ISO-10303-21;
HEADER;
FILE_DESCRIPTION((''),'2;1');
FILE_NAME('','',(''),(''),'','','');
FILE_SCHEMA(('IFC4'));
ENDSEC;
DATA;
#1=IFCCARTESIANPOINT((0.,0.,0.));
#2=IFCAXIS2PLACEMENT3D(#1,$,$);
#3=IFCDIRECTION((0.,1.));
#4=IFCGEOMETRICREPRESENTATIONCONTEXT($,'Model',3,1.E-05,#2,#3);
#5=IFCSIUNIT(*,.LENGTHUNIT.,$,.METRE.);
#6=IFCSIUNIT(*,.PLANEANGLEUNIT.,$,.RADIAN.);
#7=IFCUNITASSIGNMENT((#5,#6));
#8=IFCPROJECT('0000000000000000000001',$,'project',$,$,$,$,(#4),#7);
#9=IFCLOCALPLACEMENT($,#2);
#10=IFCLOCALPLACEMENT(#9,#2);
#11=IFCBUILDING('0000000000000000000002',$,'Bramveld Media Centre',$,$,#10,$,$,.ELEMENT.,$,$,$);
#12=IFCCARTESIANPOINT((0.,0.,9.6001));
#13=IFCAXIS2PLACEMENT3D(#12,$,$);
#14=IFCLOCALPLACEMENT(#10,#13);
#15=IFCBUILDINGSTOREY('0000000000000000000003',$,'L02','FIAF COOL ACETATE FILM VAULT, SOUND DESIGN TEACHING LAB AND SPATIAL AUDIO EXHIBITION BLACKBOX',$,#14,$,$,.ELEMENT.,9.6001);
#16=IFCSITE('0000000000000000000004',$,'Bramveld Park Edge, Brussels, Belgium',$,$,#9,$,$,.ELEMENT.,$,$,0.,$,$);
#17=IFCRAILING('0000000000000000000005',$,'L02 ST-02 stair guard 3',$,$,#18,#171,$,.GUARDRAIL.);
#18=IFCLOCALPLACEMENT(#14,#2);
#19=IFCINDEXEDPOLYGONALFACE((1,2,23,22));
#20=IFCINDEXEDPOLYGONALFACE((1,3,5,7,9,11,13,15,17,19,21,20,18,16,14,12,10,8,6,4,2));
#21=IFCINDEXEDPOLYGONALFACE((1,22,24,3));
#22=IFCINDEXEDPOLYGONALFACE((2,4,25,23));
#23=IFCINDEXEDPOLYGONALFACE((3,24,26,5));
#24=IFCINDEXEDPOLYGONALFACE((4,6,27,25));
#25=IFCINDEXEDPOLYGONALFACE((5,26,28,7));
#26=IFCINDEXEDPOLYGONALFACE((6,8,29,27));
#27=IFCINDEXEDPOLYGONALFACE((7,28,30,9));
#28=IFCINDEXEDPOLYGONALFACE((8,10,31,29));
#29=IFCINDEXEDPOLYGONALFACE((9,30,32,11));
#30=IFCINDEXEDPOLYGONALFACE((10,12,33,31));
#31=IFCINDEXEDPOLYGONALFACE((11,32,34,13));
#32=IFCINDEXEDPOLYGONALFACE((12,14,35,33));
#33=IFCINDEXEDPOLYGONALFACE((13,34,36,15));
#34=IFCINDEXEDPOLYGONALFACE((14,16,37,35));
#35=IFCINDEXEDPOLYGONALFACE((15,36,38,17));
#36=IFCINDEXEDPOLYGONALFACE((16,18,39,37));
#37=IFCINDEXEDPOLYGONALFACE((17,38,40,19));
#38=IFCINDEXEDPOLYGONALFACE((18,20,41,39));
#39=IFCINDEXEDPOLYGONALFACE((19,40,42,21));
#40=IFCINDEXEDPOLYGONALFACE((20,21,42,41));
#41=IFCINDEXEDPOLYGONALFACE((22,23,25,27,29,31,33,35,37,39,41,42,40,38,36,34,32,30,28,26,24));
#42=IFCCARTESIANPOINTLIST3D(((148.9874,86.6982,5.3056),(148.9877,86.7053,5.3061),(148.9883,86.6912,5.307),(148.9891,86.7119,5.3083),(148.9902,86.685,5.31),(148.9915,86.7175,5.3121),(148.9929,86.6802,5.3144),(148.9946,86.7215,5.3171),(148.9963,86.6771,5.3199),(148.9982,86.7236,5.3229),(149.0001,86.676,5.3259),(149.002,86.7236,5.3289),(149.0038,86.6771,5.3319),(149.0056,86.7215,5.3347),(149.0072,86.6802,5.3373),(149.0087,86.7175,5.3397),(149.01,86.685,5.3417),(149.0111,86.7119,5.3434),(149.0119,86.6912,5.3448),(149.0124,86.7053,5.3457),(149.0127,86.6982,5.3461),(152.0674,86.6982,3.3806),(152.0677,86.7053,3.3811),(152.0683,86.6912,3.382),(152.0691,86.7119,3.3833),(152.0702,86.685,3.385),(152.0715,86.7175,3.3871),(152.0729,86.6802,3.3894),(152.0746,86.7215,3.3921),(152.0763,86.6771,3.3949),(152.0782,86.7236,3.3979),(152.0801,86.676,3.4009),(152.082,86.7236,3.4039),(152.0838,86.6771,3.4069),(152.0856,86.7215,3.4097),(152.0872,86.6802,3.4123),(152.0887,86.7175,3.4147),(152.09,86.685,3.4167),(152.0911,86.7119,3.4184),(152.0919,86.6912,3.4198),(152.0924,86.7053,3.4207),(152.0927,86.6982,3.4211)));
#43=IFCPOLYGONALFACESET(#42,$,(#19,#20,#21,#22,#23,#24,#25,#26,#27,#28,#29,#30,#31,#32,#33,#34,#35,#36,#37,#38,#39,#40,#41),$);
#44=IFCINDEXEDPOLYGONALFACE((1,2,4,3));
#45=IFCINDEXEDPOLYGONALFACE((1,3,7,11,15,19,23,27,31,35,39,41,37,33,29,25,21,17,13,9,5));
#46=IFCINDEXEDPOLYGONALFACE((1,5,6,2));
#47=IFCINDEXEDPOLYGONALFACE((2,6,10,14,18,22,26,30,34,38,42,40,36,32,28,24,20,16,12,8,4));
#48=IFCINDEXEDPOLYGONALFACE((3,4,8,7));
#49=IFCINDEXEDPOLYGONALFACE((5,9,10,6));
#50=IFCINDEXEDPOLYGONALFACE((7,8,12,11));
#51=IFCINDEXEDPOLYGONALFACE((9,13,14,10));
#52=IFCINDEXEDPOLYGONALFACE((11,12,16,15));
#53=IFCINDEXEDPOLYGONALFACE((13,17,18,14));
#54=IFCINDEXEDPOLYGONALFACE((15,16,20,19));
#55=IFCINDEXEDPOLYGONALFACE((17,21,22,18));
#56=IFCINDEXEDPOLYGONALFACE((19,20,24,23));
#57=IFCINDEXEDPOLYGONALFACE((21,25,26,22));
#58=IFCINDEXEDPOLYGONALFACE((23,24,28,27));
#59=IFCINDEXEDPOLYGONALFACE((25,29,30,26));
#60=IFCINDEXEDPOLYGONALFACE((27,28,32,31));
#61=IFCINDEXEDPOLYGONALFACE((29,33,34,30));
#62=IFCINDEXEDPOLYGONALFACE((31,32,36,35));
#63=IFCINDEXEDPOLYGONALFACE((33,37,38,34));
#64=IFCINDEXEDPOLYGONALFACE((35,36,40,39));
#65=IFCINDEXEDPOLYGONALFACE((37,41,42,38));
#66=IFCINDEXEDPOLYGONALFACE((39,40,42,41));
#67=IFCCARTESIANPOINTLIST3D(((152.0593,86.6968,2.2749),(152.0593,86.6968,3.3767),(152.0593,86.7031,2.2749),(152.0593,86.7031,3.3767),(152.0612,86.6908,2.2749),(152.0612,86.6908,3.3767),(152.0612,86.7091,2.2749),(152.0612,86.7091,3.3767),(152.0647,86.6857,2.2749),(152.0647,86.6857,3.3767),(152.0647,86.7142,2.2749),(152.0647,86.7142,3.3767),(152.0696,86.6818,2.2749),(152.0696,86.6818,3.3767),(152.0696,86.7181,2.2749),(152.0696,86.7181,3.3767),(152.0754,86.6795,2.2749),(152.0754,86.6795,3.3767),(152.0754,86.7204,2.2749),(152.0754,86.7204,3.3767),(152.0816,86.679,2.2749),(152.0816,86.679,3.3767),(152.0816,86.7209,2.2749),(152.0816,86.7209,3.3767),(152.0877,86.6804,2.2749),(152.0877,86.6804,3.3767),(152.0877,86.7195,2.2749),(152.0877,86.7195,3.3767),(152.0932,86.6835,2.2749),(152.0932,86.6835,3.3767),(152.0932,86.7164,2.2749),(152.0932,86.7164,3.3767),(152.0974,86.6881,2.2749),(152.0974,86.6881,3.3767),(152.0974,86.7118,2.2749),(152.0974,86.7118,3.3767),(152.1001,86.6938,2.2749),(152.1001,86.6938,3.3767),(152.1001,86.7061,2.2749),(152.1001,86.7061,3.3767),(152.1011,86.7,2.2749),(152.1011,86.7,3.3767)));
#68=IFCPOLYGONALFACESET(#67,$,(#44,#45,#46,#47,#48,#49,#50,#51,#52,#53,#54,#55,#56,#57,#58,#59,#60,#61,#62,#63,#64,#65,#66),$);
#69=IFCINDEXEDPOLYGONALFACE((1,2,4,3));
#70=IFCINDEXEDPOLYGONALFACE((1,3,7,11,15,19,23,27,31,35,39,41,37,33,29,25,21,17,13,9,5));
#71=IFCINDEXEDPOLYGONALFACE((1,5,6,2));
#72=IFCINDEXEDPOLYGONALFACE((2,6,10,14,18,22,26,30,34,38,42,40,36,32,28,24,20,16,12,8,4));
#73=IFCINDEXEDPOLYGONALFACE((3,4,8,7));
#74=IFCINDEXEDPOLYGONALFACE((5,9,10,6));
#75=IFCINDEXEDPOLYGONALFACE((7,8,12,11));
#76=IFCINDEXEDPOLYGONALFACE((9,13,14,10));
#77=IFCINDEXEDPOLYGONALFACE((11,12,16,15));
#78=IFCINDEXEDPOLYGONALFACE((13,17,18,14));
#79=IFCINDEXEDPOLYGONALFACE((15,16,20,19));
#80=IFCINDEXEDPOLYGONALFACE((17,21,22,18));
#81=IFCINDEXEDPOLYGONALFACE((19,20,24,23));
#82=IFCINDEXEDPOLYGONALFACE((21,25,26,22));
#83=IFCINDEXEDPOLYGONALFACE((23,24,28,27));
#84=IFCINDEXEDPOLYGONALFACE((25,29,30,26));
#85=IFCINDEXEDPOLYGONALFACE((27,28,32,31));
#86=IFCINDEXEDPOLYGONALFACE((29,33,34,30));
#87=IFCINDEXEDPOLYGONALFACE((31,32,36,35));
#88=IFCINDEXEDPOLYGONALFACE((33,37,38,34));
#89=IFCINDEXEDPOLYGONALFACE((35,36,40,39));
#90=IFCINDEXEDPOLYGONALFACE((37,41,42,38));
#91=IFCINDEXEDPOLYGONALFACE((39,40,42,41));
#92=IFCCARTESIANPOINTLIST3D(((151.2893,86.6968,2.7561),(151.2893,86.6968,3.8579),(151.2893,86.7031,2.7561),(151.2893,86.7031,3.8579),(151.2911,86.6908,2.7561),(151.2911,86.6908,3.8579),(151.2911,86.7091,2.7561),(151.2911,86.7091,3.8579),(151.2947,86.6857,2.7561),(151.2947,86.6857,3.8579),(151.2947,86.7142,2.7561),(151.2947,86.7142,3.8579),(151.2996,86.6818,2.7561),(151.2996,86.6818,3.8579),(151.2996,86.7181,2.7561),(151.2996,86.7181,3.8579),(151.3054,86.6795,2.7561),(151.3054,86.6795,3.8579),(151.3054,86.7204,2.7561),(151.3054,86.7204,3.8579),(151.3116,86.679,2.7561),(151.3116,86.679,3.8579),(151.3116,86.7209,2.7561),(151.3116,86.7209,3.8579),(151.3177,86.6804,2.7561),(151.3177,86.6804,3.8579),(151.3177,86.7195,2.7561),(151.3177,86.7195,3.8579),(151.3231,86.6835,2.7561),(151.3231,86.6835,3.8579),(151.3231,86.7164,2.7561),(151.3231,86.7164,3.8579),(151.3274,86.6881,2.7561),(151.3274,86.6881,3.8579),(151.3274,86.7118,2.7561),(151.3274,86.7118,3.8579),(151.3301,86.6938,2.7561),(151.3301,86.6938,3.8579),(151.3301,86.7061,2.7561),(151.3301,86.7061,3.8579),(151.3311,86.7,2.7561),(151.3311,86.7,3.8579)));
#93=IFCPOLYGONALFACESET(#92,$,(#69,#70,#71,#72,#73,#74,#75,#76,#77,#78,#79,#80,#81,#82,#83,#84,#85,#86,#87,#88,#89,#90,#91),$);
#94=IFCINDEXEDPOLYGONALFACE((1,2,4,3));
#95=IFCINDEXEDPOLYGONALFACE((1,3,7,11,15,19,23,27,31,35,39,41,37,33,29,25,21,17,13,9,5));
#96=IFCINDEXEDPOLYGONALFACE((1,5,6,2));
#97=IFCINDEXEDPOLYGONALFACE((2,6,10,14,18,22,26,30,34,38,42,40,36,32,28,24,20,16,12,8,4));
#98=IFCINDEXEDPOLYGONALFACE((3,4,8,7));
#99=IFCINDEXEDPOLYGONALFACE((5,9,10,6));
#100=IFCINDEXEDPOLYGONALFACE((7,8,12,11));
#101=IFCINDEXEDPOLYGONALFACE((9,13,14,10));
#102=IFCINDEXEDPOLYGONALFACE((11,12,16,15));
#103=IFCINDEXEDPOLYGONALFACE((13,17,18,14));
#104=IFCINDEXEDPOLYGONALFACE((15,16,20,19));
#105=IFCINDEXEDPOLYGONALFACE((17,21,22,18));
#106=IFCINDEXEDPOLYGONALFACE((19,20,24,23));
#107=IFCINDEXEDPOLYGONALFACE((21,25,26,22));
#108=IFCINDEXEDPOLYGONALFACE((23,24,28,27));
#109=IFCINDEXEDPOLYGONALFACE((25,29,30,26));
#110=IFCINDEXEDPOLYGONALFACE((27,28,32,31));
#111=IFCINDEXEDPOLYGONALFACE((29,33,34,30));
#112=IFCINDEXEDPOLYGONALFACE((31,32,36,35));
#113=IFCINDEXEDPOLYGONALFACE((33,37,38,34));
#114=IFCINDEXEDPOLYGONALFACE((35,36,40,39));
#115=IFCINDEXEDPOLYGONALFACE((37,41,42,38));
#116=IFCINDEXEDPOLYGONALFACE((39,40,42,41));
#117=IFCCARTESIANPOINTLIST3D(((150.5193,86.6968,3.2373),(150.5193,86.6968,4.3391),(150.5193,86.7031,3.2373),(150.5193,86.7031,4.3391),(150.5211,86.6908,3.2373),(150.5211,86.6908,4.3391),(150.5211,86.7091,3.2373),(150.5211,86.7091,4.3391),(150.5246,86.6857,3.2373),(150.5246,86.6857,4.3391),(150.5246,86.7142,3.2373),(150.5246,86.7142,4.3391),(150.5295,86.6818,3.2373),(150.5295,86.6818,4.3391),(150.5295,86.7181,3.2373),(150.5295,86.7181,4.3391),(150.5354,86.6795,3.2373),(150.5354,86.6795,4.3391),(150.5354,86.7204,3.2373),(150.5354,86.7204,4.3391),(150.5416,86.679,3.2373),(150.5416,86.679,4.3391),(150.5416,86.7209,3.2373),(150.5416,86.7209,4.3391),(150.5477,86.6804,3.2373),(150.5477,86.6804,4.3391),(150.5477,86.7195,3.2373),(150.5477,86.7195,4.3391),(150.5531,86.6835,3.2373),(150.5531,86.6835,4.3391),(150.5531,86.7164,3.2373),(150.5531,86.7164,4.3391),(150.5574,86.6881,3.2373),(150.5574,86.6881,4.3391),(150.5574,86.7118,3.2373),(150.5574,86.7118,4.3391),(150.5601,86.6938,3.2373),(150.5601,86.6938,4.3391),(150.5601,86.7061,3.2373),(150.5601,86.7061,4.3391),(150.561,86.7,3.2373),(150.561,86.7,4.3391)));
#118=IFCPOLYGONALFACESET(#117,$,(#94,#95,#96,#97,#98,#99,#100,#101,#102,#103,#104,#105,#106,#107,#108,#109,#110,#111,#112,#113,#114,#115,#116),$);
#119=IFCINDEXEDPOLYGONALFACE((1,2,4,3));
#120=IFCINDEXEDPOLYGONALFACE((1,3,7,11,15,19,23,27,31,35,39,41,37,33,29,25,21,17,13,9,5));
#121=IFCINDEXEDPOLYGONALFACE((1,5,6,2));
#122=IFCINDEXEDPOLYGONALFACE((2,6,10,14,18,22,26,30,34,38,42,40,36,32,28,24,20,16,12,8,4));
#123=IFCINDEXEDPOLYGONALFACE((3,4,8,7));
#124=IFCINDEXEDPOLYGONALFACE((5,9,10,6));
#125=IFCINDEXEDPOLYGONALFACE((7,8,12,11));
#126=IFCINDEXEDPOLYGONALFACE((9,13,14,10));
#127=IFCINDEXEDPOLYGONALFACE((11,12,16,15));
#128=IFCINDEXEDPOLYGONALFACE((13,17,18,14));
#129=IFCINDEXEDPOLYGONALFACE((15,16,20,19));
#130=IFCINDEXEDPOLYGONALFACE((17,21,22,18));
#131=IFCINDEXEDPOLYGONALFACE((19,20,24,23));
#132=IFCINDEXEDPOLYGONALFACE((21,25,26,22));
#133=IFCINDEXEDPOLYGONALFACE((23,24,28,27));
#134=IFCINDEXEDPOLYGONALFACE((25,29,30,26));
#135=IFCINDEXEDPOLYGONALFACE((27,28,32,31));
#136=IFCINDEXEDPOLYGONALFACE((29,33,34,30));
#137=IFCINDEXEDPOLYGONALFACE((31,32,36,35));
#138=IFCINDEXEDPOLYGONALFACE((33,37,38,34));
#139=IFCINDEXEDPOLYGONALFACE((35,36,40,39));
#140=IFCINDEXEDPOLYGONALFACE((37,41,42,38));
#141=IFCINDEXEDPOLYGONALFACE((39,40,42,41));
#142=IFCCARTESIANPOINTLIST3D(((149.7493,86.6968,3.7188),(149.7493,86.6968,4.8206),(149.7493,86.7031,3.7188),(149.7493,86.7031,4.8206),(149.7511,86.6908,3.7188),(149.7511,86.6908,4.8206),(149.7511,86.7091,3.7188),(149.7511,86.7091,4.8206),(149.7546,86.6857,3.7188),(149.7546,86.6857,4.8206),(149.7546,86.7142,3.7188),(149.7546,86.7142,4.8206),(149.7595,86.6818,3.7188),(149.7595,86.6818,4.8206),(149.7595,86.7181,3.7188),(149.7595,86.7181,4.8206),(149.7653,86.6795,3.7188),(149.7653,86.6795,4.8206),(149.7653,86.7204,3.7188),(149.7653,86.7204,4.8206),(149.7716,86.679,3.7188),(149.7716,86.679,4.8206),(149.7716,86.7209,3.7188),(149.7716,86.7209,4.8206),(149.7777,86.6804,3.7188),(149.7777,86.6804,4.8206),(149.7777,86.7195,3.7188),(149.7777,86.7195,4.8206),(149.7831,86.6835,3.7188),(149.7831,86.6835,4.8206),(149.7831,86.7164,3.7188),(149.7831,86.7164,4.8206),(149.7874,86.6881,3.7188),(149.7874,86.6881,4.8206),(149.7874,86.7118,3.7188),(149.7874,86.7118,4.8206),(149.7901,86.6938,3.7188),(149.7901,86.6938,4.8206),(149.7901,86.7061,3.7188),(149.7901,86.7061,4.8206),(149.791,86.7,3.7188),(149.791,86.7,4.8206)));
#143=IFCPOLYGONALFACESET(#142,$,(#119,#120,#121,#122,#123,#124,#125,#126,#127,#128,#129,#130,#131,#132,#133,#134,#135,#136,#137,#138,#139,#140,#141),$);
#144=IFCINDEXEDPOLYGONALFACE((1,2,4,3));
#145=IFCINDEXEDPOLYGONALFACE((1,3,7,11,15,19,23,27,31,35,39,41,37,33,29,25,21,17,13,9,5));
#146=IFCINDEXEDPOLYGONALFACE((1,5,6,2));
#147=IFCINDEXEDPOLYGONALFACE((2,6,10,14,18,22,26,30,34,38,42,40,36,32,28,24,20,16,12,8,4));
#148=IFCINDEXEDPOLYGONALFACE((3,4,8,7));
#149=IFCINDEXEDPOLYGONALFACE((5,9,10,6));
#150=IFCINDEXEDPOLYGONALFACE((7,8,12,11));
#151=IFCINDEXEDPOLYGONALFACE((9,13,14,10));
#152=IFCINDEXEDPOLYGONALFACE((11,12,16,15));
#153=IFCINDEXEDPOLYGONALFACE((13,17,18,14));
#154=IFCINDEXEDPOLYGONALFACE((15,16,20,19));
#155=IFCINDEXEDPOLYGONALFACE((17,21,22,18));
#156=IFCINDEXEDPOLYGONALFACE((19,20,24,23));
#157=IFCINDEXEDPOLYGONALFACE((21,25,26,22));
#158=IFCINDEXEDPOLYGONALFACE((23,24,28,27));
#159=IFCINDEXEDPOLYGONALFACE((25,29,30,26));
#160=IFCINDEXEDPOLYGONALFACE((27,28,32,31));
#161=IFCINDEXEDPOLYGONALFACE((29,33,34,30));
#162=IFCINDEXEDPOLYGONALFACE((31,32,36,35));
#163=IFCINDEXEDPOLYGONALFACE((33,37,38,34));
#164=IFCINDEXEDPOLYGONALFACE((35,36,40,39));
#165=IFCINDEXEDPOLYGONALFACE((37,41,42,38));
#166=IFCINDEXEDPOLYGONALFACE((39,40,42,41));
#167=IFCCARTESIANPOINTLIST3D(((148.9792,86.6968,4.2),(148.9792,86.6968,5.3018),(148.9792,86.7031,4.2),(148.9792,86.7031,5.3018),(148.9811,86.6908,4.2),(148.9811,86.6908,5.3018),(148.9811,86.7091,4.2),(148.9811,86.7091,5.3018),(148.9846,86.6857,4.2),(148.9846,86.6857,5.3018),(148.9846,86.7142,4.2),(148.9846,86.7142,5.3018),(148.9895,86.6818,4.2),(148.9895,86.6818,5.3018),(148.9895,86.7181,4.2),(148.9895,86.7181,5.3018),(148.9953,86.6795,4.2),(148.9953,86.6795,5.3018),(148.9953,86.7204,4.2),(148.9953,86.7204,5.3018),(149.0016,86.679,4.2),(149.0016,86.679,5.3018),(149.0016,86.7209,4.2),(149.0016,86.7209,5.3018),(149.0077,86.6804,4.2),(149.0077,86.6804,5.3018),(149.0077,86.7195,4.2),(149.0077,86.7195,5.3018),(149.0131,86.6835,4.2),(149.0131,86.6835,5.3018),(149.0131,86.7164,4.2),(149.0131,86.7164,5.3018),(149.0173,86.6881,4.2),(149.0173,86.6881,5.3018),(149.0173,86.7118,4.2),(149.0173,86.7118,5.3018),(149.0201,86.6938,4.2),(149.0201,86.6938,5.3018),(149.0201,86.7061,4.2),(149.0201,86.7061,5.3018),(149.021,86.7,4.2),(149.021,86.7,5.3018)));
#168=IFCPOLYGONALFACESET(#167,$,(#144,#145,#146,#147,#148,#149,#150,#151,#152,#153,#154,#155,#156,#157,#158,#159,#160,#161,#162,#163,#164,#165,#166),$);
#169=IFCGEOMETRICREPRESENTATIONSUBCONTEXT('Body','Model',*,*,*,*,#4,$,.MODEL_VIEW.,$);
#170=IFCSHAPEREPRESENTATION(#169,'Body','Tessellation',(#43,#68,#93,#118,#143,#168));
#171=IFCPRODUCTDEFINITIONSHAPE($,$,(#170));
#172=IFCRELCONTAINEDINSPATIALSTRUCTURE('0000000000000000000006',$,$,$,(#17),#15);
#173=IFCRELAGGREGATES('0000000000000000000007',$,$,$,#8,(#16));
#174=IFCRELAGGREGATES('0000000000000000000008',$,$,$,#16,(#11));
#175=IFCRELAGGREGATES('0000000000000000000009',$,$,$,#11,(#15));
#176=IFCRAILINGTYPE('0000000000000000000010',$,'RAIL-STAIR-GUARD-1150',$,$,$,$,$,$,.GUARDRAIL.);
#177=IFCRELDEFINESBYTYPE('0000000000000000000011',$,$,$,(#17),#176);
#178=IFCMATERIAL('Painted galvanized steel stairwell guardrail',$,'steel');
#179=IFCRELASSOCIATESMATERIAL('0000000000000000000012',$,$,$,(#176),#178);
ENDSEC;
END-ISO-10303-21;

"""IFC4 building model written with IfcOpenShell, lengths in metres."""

from ifc_helpers import new_model, si_unit, direction, frame, origin, origin_2d, place, context, subcontext, project, spatial, circle, extrude, material, type_object, element, save


model = new_model("IFC4")

# Units and contexts
model_context = context("Model", 3, precision=1e-05, world=origin(), true_north=direction((0.0, 1.0)))
body_context = subcontext(model_context, "Body", "Model", "MODEL_VIEW")
ifc_project = project(units=[si_unit("LENGTHUNIT", "METRE"), si_unit("PLANEANGLEUNIT", "RADIAN")], contexts=[model_context])

# Site, building, storey
site_placement = place(None, origin())
site = spatial("IfcSite", under=ifc_project, at=site_placement, Name="Bramveld Park Edge, Brussels, Belgium", CompositionType="ELEMENT", RefElevation=0.0)
building_placement = place(site_placement, origin())
building = spatial("IfcBuilding", under=site, at=building_placement, Name="Bramveld Media Centre", CompositionType="ELEMENT")
storey_placement = place(building_placement, frame((0.0, 0.0, 9.6001)))
storey = spatial("IfcBuildingStorey", under=building, at=storey_placement, Name="L02", Description="FIAF COOL ACETATE FILM VAULT, SOUND DESIGN TEACHING LAB AND SPATIAL AUDIO EXHIBITION BLACKBOX", CompositionType="ELEMENT", Elevation=9.6001)

# Railing
ifc_material_1 = material(Name="Painted galvanized steel stairwell guardrail", Category="steel")
railing_type_1 = type_object("IfcRailingType", Name="RAIL-STAIR-GUARD-1150", PredefinedType="GUARDRAIL", material=ifc_material_1)
railing_1_placement = place(storey_placement, frame((152.0801, 86.7, 2.2749)))
element("IfcRailing", 1, at=railing_1_placement, inside=storey, type_object=railing_type_1, Name="L02 ST-02 stair guard 3", PredefinedType="GUARDRAIL", context=body_context, shape_type="SweptSolid", body=[
    extrude(circle(Radius=0.0239, at=origin_2d()), frame((0.0, 0.0, 1.126), z_axis=(-0.847998, 0.0, 0.529999), x_axis=(0.0, -1.0, 0.0)), (0.0, 0.0, 1.0), 3.6321),
    extrude(circle(Radius=0.021, at=origin_2d()), origin(), (0.0, 0.0, 1.0), 1.1018),
    extrude(circle(Radius=0.021, at=origin_2d()), frame((-0.77, 0.0, 0.4812)), (0.0, 0.0, 1.0), 1.1018),
    extrude(circle(Radius=0.021, at=origin_2d()), frame((-1.54, 0.0, 0.9624)), (0.0, 0.0, 1.0), 1.1018),
    extrude(circle(Radius=0.021, at=origin_2d()), frame((-2.3101, 0.0, 1.4438)), (0.0, 0.0, 1.0), 1.1018),
    extrude(circle(Radius=0.021, at=origin_2d()), frame((-3.0801, 0.0, 1.925)), (0.0, 0.0, 1.0), 1.1018),
])

save(model, "model.ifc")
